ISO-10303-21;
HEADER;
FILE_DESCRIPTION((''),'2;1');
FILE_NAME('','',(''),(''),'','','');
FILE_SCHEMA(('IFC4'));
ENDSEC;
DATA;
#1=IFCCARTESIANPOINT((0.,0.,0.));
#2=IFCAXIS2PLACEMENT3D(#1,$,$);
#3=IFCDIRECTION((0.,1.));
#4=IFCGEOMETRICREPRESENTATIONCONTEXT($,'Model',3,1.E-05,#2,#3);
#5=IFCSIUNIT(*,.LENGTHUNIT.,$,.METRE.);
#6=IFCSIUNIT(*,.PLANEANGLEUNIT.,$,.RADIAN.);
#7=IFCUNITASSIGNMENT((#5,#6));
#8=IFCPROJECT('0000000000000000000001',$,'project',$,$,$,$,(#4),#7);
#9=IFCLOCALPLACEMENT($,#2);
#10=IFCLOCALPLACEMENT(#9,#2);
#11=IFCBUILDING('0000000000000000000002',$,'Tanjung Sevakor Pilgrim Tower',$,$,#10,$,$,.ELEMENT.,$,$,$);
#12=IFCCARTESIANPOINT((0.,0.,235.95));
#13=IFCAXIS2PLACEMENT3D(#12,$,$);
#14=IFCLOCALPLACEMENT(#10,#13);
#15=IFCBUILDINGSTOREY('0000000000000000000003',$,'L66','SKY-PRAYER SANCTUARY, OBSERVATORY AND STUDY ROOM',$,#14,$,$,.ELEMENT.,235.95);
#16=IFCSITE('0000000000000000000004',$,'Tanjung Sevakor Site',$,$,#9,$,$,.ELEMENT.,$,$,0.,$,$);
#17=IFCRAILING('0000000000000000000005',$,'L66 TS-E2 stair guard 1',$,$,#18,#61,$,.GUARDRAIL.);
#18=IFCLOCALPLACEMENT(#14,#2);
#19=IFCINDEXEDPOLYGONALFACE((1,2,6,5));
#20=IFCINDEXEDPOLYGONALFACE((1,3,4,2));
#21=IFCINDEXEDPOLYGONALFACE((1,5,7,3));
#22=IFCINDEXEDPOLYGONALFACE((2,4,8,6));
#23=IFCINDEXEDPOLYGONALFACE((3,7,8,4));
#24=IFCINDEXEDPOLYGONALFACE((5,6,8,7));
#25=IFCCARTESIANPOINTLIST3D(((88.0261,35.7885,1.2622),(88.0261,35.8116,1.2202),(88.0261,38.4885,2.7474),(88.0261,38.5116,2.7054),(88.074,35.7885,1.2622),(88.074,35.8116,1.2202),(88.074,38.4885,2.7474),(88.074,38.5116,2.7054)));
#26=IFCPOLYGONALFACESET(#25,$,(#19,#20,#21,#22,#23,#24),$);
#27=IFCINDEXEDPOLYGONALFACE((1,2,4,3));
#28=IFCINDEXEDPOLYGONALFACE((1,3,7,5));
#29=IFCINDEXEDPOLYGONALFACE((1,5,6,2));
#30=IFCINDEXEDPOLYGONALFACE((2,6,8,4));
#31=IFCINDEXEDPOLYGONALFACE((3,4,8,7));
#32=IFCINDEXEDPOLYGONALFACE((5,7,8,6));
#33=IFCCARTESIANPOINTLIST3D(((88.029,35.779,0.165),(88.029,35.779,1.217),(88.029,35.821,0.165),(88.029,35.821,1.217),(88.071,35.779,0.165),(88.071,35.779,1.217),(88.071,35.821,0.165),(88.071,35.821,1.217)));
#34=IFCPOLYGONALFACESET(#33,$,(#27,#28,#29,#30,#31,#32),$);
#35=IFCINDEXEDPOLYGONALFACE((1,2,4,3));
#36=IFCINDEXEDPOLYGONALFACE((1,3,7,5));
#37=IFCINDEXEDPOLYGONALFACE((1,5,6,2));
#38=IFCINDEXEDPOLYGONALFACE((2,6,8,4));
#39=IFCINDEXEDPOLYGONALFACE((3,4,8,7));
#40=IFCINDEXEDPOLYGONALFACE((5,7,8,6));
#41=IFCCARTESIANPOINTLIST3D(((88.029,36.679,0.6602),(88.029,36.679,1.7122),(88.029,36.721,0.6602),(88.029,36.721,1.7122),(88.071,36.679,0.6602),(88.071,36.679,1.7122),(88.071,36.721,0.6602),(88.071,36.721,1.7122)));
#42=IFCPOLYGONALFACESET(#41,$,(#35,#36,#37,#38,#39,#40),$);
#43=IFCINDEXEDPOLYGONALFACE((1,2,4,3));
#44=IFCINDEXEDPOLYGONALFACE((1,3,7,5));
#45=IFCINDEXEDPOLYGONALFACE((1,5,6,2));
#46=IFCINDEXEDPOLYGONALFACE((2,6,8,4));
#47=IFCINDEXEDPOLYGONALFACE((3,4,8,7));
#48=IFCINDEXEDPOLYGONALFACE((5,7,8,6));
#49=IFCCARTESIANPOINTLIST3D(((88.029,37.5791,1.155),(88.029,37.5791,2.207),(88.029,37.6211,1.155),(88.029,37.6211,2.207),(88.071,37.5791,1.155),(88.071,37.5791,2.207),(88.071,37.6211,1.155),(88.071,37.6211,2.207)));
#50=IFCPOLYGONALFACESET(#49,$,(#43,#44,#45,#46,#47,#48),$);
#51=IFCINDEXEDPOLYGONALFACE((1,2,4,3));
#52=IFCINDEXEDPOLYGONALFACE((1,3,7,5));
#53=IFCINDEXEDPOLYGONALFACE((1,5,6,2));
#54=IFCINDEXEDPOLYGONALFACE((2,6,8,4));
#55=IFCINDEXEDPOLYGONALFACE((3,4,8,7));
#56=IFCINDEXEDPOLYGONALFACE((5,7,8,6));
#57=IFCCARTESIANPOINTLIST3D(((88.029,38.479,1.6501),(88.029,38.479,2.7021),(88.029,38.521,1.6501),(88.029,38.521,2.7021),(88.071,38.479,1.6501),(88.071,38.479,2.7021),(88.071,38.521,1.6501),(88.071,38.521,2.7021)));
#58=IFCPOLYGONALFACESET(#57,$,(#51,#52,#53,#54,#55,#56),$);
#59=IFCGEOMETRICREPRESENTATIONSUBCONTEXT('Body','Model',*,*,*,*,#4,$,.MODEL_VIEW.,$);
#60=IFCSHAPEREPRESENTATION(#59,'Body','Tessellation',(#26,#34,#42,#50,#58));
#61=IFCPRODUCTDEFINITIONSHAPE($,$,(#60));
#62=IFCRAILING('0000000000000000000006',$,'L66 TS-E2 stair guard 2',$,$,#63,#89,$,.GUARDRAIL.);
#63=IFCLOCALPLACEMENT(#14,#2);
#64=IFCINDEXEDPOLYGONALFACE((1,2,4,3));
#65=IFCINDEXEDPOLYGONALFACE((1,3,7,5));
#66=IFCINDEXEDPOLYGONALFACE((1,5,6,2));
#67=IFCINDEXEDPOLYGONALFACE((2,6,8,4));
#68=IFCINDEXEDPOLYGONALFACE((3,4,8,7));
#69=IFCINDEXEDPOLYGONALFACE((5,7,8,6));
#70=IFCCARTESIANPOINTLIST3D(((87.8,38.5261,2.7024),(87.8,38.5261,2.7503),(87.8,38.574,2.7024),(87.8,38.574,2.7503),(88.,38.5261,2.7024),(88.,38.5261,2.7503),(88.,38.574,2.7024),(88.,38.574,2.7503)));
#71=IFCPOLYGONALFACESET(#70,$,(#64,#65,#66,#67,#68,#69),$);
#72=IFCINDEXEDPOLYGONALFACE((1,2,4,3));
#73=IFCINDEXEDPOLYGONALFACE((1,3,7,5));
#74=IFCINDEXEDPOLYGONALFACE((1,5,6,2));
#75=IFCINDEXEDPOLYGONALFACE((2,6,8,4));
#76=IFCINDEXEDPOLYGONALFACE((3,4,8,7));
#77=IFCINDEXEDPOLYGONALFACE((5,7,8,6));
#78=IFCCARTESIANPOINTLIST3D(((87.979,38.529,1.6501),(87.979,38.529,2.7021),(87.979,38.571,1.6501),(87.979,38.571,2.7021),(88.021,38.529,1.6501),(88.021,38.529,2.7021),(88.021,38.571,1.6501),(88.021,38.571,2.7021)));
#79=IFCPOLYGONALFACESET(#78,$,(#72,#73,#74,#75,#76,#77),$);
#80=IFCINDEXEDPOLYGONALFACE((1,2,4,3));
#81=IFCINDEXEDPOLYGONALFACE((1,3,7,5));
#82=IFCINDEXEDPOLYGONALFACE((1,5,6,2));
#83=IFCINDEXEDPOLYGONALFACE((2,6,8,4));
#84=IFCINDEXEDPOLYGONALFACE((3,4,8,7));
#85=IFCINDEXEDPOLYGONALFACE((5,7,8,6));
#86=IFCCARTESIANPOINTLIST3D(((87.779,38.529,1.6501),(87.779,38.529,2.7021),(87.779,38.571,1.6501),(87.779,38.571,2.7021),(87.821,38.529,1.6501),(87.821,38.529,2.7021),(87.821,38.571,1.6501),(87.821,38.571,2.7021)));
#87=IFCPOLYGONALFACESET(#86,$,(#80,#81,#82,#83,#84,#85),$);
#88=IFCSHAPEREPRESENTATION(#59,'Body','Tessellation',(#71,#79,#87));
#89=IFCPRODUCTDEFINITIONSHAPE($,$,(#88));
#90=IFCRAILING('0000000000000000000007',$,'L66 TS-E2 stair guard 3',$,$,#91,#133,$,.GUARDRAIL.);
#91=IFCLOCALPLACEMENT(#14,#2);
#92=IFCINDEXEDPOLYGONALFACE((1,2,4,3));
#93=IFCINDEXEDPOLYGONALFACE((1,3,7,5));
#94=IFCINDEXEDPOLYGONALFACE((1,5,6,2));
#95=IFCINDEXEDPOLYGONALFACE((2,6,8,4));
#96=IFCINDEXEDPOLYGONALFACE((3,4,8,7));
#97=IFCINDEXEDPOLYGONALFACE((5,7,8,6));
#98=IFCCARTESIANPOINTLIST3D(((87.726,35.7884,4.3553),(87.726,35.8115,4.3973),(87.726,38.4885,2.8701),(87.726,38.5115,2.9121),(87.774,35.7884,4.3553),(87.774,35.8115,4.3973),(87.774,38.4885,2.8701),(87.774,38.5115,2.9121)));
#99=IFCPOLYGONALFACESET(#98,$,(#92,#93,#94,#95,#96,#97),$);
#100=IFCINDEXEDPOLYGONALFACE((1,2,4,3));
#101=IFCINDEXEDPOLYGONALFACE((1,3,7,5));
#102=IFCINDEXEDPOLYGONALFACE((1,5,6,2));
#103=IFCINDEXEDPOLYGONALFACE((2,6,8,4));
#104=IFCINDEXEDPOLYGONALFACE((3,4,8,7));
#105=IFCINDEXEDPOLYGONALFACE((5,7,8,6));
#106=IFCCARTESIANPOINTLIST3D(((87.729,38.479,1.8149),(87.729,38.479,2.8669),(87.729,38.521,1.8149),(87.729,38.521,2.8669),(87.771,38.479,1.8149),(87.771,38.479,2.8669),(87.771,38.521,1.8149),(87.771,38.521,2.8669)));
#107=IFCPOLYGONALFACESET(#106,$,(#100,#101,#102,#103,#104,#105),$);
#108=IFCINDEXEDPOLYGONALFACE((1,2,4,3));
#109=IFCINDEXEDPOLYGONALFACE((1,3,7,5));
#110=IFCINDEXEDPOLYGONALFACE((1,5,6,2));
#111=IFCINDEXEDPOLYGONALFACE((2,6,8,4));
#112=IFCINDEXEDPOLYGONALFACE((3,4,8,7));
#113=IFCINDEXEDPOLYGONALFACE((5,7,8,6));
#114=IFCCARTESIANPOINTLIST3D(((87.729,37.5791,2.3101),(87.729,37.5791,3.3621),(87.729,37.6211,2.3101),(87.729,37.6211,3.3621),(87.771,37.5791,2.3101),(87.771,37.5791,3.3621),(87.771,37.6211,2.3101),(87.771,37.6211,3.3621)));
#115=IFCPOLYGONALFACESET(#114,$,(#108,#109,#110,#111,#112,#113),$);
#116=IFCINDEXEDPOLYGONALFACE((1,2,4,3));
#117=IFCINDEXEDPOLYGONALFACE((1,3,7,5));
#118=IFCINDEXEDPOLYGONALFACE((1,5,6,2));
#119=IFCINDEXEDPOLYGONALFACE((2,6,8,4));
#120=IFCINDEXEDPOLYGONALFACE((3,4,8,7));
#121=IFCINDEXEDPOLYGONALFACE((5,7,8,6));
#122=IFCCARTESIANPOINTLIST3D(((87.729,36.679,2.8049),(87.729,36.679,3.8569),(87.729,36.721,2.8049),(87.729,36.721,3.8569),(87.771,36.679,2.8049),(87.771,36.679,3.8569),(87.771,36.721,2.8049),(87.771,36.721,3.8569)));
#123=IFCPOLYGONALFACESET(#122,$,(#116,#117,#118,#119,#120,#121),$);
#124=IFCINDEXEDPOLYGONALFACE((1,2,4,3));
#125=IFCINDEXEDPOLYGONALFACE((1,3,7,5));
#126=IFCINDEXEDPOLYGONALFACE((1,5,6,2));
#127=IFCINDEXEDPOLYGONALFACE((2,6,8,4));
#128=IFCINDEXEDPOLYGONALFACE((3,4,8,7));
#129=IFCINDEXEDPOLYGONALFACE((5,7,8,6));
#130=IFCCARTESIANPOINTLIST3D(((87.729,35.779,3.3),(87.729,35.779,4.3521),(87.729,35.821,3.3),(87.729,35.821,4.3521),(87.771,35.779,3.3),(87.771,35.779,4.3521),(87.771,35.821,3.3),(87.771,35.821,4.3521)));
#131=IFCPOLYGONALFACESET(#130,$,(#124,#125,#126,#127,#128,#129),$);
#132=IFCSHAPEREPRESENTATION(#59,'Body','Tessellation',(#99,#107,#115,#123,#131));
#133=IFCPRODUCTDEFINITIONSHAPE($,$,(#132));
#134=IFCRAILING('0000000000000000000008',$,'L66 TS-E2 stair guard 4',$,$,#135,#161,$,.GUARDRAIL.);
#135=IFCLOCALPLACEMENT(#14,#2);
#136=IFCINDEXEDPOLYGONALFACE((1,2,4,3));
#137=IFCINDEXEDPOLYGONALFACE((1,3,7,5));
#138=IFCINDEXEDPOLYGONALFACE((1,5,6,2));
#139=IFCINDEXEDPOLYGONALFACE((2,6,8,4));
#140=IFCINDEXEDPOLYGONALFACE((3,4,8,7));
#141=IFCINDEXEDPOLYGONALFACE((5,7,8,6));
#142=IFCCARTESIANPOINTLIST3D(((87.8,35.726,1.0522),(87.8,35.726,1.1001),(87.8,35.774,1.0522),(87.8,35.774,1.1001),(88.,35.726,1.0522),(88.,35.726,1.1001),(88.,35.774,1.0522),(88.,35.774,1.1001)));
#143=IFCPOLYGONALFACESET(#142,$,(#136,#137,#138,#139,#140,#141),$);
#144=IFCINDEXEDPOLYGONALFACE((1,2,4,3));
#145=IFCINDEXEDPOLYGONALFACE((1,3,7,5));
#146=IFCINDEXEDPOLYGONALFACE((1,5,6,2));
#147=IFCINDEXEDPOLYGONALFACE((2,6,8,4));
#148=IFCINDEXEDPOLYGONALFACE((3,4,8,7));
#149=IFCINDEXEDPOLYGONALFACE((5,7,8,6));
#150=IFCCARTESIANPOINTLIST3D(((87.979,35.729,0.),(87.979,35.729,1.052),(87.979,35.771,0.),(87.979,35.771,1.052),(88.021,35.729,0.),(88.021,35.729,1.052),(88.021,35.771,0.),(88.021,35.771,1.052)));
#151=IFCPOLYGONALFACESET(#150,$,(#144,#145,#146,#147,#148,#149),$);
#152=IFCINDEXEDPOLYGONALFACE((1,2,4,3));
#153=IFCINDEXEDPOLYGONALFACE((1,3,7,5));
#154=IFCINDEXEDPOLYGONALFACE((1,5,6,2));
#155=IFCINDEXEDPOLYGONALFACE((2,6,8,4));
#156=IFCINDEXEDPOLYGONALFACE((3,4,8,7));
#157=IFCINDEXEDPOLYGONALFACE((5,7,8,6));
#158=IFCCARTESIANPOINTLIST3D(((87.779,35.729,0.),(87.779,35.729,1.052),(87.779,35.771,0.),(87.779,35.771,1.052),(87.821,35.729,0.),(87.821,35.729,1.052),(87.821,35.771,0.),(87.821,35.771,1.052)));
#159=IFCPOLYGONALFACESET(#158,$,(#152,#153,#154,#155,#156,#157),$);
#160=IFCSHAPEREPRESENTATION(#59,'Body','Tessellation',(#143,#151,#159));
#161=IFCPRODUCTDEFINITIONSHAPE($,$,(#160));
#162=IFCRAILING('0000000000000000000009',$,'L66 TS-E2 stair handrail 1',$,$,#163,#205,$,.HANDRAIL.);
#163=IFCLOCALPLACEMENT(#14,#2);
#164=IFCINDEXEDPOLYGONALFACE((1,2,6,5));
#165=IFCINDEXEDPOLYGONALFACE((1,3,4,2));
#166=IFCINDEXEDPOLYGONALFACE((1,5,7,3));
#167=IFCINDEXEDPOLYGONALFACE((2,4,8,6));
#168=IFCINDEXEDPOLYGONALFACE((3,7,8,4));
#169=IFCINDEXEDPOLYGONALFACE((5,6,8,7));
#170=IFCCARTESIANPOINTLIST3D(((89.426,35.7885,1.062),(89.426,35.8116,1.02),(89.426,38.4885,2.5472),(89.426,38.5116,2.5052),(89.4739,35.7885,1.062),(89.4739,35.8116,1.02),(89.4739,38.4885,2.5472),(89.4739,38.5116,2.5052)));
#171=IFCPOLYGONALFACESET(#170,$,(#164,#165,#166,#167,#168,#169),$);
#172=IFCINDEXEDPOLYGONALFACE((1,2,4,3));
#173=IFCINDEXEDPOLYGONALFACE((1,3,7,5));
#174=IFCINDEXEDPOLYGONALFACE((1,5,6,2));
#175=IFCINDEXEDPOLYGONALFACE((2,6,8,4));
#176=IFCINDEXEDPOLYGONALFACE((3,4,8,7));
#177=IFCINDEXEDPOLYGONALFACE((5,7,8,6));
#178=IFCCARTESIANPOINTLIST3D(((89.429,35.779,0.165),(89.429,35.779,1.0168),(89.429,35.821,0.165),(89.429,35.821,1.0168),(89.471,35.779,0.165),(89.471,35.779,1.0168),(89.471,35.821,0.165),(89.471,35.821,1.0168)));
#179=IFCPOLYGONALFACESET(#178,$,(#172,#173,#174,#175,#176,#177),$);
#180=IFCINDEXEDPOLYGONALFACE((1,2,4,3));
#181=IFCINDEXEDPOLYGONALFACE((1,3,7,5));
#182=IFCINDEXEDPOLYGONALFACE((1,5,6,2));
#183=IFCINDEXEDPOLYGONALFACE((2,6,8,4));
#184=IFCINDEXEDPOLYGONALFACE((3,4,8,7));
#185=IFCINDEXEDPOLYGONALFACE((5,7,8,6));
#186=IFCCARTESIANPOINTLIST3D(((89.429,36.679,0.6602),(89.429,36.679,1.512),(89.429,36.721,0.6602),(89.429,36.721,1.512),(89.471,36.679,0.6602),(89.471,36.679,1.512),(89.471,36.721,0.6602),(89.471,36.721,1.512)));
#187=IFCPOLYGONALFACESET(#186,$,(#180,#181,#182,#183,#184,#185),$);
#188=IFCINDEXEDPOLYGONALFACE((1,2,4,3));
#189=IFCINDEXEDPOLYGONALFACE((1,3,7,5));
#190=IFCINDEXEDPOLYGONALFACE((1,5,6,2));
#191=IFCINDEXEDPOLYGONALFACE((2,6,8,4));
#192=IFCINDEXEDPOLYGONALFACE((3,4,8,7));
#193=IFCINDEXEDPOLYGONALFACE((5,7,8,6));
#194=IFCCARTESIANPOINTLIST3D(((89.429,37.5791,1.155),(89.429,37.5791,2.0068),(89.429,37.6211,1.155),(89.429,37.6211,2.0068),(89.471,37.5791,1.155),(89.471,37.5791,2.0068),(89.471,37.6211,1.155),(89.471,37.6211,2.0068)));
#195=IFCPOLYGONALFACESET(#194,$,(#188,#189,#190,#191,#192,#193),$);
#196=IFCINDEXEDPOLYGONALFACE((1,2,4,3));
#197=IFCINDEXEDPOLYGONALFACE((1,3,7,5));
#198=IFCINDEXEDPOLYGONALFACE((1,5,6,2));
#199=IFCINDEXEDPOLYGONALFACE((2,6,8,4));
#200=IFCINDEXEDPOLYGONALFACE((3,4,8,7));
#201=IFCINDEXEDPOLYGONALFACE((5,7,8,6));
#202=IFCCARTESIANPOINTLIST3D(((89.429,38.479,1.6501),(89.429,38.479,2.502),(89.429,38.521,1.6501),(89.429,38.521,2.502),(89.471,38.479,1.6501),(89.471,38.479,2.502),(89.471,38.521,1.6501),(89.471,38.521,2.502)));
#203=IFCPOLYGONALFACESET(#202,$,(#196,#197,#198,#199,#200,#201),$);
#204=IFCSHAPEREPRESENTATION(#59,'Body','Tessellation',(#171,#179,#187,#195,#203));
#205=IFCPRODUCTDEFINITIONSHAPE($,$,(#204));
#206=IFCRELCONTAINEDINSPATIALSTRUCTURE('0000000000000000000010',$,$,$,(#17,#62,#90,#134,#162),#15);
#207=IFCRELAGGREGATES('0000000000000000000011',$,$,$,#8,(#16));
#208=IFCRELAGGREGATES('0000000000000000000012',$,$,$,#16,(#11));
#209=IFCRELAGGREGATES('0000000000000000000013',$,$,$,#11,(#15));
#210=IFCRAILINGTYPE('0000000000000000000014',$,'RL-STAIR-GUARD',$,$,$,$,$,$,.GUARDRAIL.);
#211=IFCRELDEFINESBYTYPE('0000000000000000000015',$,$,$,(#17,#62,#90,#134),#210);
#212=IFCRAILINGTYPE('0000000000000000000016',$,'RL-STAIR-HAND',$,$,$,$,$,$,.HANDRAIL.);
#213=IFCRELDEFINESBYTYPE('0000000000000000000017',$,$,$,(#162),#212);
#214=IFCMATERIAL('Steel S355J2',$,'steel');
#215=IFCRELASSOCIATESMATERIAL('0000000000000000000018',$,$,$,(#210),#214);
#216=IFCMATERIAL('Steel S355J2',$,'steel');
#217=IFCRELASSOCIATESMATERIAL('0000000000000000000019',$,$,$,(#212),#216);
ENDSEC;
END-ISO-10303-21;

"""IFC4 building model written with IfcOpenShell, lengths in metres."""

from ifc_helpers import new_model, si_unit, direction, frame, origin, place, context, subcontext, project, spatial, rectangle, extrude, material, type_object, element, save


model = new_model("IFC4")

# Units and contexts
model_context = context("Model", 3, precision=1e-05, world=origin(), true_north=direction((0.0, 1.0)))
body_context = subcontext(model_context, "Body", "Model", "MODEL_VIEW")
ifc_project = project(units=[si_unit("LENGTHUNIT", "METRE"), si_unit("PLANEANGLEUNIT", "RADIAN")], contexts=[model_context])

# Site, building, storey
site_placement = place(None, origin())
site = spatial("IfcSite", under=ifc_project, at=site_placement, Name="Tanjung Sevakor Site", CompositionType="ELEMENT", RefElevation=0.0)
building_placement = place(site_placement, origin())
building = spatial("IfcBuilding", under=site, at=building_placement, Name="Tanjung Sevakor Pilgrim Tower", CompositionType="ELEMENT")
storey_placement = place(building_placement, frame((0.0, 0.0, 235.95)))
storey = spatial("IfcBuildingStorey", under=building, at=storey_placement, Name="L66", Description="SKY-PRAYER SANCTUARY, OBSERVATORY AND STUDY ROOM", CompositionType="ELEMENT", Elevation=235.95)

# Railings
ifc_material_1 = material(Name="Steel S355J2", Category="steel")
railing_type_1 = type_object("IfcRailingType", Name="RL-STAIR-GUARD", PredefinedType="GUARDRAIL", material=ifc_material_1)
railing_1_placement = place(storey_placement, frame((88.05, 35.8, 0.165)))
element("IfcRailing", 1, at=railing_1_placement, inside=storey, type_object=railing_type_1, Name="L66 TS-E2 stair guard 1", PredefinedType="GUARDRAIL", context=body_context, shape_type="SweptSolid", body=[
    extrude(rectangle(XDim=0.0479, YDim=0.0479), frame((0.0, 0.0, 1.0762), z_axis=(0.0, 0.876198, 0.481952), x_axis=(-1.0, 0.0, 0.0)), (0.0, 0.0, 1.0), 3.0815),
    extrude(rectangle(XDim=0.042, YDim=0.042), origin(), (0.0, 0.0, 1.0), 1.052),
    extrude(rectangle(XDim=0.042, YDim=0.042), frame((0.0, 0.8999, 0.4951)), (0.0, 0.0, 1.0), 1.052),
    extrude(rectangle(XDim=0.042, YDim=0.042), frame((0.0, 1.8, 0.99)), (0.0, 0.0, 1.0), 1.052),
    extrude(rectangle(XDim=0.042, YDim=0.042), frame((0.0, 2.7, 1.4851)), (0.0, 0.0, 1.0), 1.052),
])
railing_2_placement = place(storey_placement, frame((88.0, 38.55, 1.6501)))
element("IfcRailing", 2, at=railing_2_placement, inside=storey, type_object=railing_type_1, Name="L66 TS-E2 stair guard 2", PredefinedType="GUARDRAIL", context=body_context, shape_type="SweptSolid", body=[
    extrude(rectangle(XDim=0.0479, YDim=0.0479), frame((0.0, 0.0, 1.0762), z_axis=(-1.0, 0.0, 0.0), x_axis=(0.0, -1.0, 0.0)), (0.0, 0.0, 1.0), 0.2),
    extrude(rectangle(XDim=0.042, YDim=0.042), origin(), (0.0, 0.0, 1.0), 1.052),
    extrude(rectangle(XDim=0.042, YDim=0.042), frame((-0.2, 0.0, 0.0)), (0.0, 0.0, 1.0), 1.052),
])
railing_3_placement = place(storey_placement, frame((87.75, 38.5, 1.8149)))
element("IfcRailing", 3, at=railing_3_placement, inside=storey, type_object=railing_type_1, Name="L66 TS-E2 stair guard 3", PredefinedType="GUARDRAIL", context=body_context, shape_type="SweptSolid", body=[
    extrude(rectangle(XDim=0.0479, YDim=0.0479), frame((0.0, 0.0, 1.0762), z_axis=(0.0, -0.876198, 0.481952), x_axis=(1.0, 0.0, 0.0)), (0.0, 0.0, 1.0), 3.0815),
    extrude(rectangle(XDim=0.042, YDim=0.042), origin(), (0.0, 0.0, 1.0), 1.052),
    extrude(rectangle(XDim=0.042, YDim=0.042), frame((0.0, -0.8999, 0.4951)), (0.0, 0.0, 1.0), 1.052),
    extrude(rectangle(XDim=0.042, YDim=0.042), frame((0.0, -1.8, 0.99)), (0.0, 0.0, 1.0), 1.052),
    extrude(rectangle(XDim=0.042, YDim=0.042), frame((0.0, -2.7, 1.4851)), (0.0, 0.0, 1.0), 1.052),
])
railing_4_placement = place(storey_placement, frame((88.0, 35.75, 0.0)))
element("IfcRailing", 4, at=railing_4_placement, inside=storey, type_object=railing_type_1, Name="L66 TS-E2 stair guard 4", PredefinedType="GUARDRAIL", context=body_context, shape_type="SweptSolid", body=[
    extrude(rectangle(XDim=0.0479, YDim=0.0479), frame((0.0, 0.0, 1.0762), z_axis=(-1.0, 0.0, 0.0), x_axis=(0.0, -1.0, 0.0)), (0.0, 0.0, 1.0), 0.2),
    extrude(rectangle(XDim=0.042, YDim=0.042), origin(), (0.0, 0.0, 1.0), 1.052),
    extrude(rectangle(XDim=0.042, YDim=0.042), frame((-0.2, 0.0, 0.0)), (0.0, 0.0, 1.0), 1.052),
])
ifc_material_2 = material(Name="Steel S355J2", Category="steel")
railing_type_2 = type_object("IfcRailingType", Name="RL-STAIR-HAND", PredefinedType="HANDRAIL", material=ifc_material_2)
railing_5_placement = place(storey_placement, frame((89.45, 35.8, 0.165)))
element("IfcRailing", 5, at=railing_5_placement, inside=storey, type_object=railing_type_2, Name="L66 TS-E2 stair handrail 1", PredefinedType="HANDRAIL", context=body_context, shape_type="SweptSolid", body=[
    extrude(rectangle(XDim=0.0479, YDim=0.0479), frame((0.0, 0.0, 0.876), z_axis=(0.0, 0.876198, 0.481952), x_axis=(-1.0, 0.0, 0.0)), (0.0, 0.0, 1.0), 3.0815),
    extrude(rectangle(XDim=0.042, YDim=0.042), origin(), (0.0, 0.0, 1.0), 0.8518),
    extrude(rectangle(XDim=0.042, YDim=0.042), frame((0.0, 0.8999, 0.4951)), (0.0, 0.0, 1.0), 0.8518),
    extrude(rectangle(XDim=0.042, YDim=0.042), frame((0.0, 1.8, 0.99)), (0.0, 0.0, 1.0), 0.8518),
    extrude(rectangle(XDim=0.042, YDim=0.042), frame((0.0, 2.7, 1.4851)), (0.0, 0.0, 1.0), 0.8518),
])

save(model, "model.ifc")
